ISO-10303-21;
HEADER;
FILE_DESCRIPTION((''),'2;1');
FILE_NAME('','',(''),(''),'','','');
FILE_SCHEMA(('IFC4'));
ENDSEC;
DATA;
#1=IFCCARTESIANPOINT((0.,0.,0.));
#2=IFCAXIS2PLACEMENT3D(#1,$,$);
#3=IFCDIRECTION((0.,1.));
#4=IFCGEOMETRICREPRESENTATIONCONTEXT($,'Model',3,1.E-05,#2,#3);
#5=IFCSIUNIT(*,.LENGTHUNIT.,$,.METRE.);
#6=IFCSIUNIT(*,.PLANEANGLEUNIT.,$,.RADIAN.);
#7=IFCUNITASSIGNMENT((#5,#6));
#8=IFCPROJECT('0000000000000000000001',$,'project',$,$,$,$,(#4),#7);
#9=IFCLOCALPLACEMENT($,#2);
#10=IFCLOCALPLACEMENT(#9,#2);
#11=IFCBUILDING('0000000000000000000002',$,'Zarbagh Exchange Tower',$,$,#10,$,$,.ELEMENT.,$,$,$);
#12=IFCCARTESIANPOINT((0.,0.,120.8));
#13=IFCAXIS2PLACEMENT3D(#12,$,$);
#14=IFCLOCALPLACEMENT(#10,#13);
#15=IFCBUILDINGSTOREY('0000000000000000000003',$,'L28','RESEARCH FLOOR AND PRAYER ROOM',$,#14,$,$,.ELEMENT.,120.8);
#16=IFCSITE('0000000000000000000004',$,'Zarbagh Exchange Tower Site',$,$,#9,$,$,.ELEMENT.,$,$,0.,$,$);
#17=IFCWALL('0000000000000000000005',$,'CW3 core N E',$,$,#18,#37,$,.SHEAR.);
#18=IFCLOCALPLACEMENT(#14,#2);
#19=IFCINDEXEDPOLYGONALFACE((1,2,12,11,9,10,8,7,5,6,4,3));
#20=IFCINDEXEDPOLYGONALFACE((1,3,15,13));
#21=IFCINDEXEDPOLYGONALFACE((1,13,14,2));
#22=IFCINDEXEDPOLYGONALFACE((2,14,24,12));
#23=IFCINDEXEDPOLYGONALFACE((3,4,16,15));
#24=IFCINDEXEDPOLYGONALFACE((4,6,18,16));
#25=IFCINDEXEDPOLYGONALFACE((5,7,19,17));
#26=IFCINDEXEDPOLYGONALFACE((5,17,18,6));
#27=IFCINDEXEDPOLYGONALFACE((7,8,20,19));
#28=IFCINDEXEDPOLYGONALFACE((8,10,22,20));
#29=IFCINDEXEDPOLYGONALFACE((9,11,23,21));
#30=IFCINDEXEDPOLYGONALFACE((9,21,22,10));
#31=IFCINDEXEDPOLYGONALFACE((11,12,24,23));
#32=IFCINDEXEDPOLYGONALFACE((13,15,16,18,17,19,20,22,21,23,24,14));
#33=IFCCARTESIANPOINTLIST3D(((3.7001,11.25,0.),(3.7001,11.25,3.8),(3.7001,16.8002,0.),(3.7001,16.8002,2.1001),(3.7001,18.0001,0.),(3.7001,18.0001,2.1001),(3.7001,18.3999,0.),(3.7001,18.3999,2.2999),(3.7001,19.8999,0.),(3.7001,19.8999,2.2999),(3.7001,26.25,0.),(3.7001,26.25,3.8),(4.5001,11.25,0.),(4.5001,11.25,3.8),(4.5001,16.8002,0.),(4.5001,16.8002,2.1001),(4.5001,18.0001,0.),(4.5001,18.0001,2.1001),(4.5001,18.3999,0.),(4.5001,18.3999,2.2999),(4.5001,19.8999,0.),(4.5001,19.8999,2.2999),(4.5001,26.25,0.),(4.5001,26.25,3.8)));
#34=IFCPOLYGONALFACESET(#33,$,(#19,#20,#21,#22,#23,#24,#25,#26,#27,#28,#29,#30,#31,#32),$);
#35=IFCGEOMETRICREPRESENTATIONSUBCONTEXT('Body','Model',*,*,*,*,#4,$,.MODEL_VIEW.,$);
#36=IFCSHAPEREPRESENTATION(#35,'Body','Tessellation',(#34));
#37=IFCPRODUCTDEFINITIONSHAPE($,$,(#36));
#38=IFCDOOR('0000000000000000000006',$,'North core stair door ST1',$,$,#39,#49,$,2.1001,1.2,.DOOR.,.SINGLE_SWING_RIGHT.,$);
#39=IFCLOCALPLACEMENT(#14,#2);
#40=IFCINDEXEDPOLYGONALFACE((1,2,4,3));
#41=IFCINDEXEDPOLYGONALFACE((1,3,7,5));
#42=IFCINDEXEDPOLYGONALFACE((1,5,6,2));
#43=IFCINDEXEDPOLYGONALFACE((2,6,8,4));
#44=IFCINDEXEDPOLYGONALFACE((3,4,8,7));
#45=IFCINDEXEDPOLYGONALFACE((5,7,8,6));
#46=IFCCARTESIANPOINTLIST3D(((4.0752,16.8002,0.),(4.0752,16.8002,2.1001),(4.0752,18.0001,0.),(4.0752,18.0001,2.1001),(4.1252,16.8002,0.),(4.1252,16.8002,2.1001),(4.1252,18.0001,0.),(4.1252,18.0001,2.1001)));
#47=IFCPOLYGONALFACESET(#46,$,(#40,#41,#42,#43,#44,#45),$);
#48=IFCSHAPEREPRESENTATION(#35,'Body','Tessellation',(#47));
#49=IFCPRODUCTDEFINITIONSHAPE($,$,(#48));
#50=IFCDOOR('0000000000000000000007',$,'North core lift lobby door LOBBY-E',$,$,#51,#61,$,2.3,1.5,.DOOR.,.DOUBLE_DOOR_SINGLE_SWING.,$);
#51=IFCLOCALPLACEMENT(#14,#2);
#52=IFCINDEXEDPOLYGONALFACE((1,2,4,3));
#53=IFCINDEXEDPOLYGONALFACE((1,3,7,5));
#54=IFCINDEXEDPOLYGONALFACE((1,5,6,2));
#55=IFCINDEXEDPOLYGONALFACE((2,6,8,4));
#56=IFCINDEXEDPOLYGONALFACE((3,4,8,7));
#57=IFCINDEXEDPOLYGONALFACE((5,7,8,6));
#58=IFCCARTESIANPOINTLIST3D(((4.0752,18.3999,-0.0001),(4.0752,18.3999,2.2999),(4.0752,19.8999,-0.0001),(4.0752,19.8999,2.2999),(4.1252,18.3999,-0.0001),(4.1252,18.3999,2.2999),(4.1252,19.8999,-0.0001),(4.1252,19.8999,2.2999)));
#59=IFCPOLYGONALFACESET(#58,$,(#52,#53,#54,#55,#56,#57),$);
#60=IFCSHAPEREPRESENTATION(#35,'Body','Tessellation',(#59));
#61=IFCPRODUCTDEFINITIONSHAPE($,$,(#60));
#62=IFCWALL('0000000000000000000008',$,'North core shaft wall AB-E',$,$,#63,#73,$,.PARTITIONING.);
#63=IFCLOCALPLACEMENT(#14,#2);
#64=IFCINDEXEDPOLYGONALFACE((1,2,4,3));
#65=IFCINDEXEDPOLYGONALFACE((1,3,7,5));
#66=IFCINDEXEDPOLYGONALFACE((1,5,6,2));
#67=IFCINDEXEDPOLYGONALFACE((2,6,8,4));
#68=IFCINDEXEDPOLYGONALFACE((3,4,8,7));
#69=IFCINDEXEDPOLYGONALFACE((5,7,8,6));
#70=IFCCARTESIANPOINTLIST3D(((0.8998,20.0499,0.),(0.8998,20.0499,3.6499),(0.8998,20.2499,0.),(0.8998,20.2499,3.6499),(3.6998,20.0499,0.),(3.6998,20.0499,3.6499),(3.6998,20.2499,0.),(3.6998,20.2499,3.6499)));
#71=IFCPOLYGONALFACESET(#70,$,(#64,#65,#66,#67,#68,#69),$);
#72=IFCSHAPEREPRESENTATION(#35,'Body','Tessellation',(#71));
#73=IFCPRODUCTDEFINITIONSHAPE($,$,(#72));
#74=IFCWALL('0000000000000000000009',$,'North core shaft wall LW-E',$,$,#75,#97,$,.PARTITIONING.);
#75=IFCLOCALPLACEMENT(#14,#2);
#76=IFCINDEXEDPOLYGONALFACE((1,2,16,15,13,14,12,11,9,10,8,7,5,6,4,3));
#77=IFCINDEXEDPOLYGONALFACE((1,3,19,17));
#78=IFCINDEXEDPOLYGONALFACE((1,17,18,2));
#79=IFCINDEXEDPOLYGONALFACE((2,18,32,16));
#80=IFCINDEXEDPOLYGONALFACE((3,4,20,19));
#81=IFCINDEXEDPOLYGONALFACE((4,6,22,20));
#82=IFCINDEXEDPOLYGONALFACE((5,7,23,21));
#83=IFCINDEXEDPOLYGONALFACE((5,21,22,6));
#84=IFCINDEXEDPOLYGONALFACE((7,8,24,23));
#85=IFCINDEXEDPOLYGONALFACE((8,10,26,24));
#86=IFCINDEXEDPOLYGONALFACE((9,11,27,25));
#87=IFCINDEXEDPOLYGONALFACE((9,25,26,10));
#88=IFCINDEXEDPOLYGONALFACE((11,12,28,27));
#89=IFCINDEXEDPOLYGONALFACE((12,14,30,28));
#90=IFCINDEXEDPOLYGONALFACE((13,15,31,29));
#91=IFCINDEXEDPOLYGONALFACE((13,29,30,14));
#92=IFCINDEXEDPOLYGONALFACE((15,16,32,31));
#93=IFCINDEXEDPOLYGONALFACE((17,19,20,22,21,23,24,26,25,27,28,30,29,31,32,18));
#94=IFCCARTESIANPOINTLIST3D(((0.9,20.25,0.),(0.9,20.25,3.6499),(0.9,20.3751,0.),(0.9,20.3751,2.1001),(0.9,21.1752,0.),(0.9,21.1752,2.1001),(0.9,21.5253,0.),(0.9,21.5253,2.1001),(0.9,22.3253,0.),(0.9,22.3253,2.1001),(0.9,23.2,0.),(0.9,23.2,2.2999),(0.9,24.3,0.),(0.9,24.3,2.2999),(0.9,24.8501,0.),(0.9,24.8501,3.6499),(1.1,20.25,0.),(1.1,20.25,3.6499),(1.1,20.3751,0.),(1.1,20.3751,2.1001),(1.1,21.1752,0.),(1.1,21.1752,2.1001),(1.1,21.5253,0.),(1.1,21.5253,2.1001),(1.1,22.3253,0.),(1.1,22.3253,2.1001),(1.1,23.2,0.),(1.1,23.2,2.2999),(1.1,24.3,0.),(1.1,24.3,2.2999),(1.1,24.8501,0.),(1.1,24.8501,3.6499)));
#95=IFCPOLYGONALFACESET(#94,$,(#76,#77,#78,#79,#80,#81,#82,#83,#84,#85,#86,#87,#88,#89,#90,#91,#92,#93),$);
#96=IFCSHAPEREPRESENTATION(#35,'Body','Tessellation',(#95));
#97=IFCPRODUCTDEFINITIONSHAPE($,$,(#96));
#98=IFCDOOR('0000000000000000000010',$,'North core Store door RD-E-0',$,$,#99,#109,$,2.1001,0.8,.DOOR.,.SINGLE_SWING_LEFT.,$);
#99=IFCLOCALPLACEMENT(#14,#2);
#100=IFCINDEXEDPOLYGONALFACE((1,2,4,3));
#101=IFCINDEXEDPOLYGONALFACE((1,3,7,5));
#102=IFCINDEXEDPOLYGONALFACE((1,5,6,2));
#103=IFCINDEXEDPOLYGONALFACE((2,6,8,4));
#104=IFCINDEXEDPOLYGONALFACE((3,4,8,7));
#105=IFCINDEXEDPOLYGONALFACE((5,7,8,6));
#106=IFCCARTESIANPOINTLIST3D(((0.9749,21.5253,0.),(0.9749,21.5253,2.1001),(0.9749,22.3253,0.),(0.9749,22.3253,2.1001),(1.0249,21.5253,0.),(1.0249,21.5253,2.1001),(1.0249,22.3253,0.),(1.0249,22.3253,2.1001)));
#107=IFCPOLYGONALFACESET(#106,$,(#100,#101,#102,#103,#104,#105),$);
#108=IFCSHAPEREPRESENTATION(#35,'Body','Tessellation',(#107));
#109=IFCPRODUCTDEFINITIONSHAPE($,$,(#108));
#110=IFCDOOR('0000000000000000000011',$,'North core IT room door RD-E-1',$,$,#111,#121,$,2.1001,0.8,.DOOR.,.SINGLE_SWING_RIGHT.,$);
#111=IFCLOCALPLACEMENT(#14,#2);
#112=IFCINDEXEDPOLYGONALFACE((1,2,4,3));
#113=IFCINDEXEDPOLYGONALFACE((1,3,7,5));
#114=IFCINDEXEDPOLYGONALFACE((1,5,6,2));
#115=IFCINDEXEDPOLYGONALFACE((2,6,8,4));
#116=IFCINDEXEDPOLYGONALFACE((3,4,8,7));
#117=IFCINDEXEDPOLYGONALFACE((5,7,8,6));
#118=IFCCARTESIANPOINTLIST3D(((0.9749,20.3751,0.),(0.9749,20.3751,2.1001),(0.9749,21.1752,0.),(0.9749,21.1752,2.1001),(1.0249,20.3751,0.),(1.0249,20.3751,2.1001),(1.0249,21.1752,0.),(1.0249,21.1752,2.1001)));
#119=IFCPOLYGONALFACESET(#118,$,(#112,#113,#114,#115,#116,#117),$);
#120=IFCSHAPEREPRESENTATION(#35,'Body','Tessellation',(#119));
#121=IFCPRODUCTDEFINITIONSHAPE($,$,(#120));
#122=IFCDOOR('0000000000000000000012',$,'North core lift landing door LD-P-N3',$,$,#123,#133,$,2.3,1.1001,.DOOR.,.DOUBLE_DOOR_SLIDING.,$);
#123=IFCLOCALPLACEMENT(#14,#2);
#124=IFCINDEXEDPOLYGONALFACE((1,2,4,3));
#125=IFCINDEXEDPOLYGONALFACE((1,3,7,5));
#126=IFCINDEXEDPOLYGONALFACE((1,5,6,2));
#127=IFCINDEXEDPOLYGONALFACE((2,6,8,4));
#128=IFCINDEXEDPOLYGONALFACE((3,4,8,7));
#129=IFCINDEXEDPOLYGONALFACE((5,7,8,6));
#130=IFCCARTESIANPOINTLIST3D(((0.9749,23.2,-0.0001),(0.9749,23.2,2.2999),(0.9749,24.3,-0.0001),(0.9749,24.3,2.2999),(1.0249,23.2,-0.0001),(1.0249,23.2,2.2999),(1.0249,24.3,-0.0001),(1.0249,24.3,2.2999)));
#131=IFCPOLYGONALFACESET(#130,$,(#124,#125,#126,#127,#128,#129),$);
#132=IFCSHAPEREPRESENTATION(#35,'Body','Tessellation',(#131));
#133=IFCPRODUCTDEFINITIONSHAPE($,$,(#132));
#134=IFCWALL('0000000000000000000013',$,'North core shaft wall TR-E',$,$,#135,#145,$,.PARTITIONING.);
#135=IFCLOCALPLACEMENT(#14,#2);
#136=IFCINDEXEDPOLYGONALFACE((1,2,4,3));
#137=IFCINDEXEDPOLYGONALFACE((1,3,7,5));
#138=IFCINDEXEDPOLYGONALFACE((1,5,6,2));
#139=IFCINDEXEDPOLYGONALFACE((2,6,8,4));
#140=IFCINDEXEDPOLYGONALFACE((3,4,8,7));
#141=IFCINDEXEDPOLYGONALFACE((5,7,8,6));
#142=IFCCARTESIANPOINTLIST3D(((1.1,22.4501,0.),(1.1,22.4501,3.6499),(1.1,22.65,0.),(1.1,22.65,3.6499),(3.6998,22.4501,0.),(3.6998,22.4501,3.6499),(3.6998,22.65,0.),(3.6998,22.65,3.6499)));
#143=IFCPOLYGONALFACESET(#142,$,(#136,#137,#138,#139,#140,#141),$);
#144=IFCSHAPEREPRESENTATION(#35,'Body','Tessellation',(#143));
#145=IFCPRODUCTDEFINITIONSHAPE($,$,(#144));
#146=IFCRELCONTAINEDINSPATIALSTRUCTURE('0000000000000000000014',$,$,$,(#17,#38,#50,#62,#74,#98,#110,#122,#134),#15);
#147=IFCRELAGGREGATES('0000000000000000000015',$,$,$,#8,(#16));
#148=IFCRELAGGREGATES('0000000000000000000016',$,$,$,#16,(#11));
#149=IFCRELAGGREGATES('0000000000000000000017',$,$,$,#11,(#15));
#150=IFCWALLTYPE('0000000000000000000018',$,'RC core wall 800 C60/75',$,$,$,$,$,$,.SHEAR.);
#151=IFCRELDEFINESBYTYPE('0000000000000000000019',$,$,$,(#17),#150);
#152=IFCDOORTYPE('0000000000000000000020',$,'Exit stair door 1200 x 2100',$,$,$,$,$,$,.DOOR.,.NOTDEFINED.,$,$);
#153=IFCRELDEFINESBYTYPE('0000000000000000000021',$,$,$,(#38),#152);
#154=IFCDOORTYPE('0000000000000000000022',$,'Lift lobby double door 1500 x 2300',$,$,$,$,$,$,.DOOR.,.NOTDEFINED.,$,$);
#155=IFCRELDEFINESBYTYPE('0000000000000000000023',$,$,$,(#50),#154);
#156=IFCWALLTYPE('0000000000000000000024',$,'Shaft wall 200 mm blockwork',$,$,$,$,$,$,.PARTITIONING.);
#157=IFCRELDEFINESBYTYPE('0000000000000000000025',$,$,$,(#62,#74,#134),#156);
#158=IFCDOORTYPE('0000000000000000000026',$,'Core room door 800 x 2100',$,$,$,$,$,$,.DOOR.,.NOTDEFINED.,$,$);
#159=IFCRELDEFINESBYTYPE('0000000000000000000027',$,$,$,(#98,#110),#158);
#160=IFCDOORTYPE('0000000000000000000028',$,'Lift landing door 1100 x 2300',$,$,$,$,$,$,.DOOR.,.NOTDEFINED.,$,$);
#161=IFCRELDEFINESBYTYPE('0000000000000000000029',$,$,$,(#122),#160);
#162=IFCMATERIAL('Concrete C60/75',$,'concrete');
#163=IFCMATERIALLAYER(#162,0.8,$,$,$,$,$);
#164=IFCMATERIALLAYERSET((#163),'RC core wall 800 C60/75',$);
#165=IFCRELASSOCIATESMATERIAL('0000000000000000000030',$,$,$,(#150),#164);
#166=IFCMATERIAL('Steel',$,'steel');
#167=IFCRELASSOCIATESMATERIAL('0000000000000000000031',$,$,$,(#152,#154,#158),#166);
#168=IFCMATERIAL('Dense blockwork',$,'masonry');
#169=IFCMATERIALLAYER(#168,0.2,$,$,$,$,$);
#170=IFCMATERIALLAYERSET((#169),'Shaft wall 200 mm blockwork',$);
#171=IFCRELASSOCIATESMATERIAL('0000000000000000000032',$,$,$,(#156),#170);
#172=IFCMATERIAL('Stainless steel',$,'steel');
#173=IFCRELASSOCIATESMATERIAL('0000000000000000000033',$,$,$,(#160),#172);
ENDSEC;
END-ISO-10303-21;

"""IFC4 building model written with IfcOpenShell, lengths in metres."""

from ifc_helpers import new_model, si_unit, direction, frame, frame_2d, origin, place, context, subcontext, project, spatial, rectangle, extrude, material, layer, layer_set, type_object, element, fill, save


model = new_model("IFC4")

# Units and contexts
model_context = context("Model", 3, precision=1e-05, world=origin(), true_north=direction((0.0, 1.0)))
body_context = subcontext(model_context, "Body", "Model", "MODEL_VIEW")
ifc_project = project(units=[si_unit("LENGTHUNIT", "METRE"), si_unit("PLANEANGLEUNIT", "RADIAN")], contexts=[model_context])

# Site, building, storey
site_placement = place(None, origin())
site = spatial("IfcSite", under=ifc_project, at=site_placement, Name="Zarbagh Exchange Tower Site", CompositionType="ELEMENT", RefElevation=0.0)
building_placement = place(site_placement, origin())
building = spatial("IfcBuilding", under=site, at=building_placement, Name="Zarbagh Exchange Tower", CompositionType="ELEMENT")
storey_placement = place(building_placement, frame((0.0, 0.0, 120.8)))
storey = spatial("IfcBuildingStorey", under=building, at=storey_placement, Name="L28", Description="RESEARCH FLOOR AND PRAYER ROOM", CompositionType="ELEMENT", Elevation=120.8)

# Shared definitions
ifc_material_1 = material(Name="Concrete C60/75", Category="concrete")

# Shared definitions
ifc_material_2 = material(Name="Dense blockwork", Category="masonry")

# Wall, openings, doors
ifc_layer_1 = layer(ifc_material_1, 0.8)
ifc_layer_set_1 = layer_set([ifc_layer_1], Name="RC core wall 800 C60/75")
wall_type_1 = type_object("IfcWallType", Name="RC core wall 800 C60/75", PredefinedType="SHEAR", material=ifc_layer_set_1)
wall_1_placement = place(storey_placement, frame((4.1001, 11.25, 0.0), z_axis=(0.0, 0.0, 1.0), x_axis=(0.0, 1.0, 0.0)))
wall_1 = element("IfcWall", 1, at=wall_1_placement, inside=storey, type_object=wall_type_1, Name="CW3 core N E", PredefinedType="SHEAR", context=body_context, shape_type="SweptSolid", body=[
    extrude(rectangle(XDim=15.0, YDim=0.8, at=frame_2d((7.5, 0.0))), origin(), (0.0, 0.0, 1.0), 3.8),
])
opening_1_placement = place(wall_1_placement, frame((7.1499, 0.0, 0.0)))
opening_1 = element("IfcOpeningElement", 2, at=opening_1_placement, cuts=wall_1, PredefinedType="OPENING", context=body_context, shape_type="SweptSolid", body=[
    extrude(rectangle(XDim=1.5, YDim=2.3, at=frame_2d((0.75, 1.1499))), frame((0.0, 0.4099, 0.0), z_axis=(0.0, -1.0, 0.0), x_axis=(1.0, 0.0, 0.0)), (0.0, 0.0, 1.0), 0.8201),
])
opening_2_placement = place(wall_1_placement, frame((5.55, 0.0, 0.0)))
opening_2 = element("IfcOpeningElement", 3, at=opening_2_placement, cuts=wall_1, PredefinedType="OPENING", context=body_context, shape_type="SweptSolid", body=[
    extrude(rectangle(XDim=1.2, YDim=2.1001, at=frame_2d((0.6001, 1.05))), frame((0.0, 0.4099, 0.0), z_axis=(0.0, -1.0, 0.0), x_axis=(1.0, 0.0, 0.0)), (0.0, 0.0, 1.0), 0.8201),
])
ifc_material_3 = material(Name="Steel", Category="steel")
door_type_1 = type_object("IfcDoorType", Name="Exit stair door 1200 x 2100", OperationType="NOTDEFINED", PredefinedType="DOOR", material=ifc_material_3)
door_1_placement = place(opening_2_placement, origin())
door_1 = element("IfcDoor", 4, at=door_1_placement, inside=storey, type_object=door_type_1, Name="North core stair door ST1", OperationType="SINGLE_SWING_RIGHT", OverallHeight=2.1001, OverallWidth=1.2, PredefinedType="DOOR", context=body_context, shape_type="SweptSolid", body=[
    extrude(rectangle(XDim=1.2, YDim=2.1001, at=frame_2d((0.6001, 1.05))), frame((0.0, 0.0249, 0.0), z_axis=(0.0, -1.0, 0.0), x_axis=(1.0, 0.0, 0.0)), (0.0, 0.0, 1.0), 0.05),
])
fill(opening_2, door_1)
door_type_2 = type_object("IfcDoorType", Name="Lift lobby double door 1500 x 2300", OperationType="NOTDEFINED", PredefinedType="DOOR", material=ifc_material_3)
door_2_placement = place(opening_1_placement, origin())
door_2 = element("IfcDoor", 5, at=door_2_placement, inside=storey, type_object=door_type_2, Name="North core lift lobby door LOBBY-E", OperationType="DOUBLE_DOOR_SINGLE_SWING", OverallHeight=2.3, OverallWidth=1.5, PredefinedType="DOOR", context=body_context, shape_type="SweptSolid", body=[
    extrude(rectangle(XDim=1.5, YDim=2.3, at=frame_2d((0.75, 1.1499))), frame((0.0, 0.0249, 0.0), z_axis=(0.0, -1.0, 0.0), x_axis=(1.0, 0.0, 0.0)), (0.0, 0.0, 1.0), 0.05),
])
fill(opening_1, door_2)

# Wall
ifc_layer_2 = layer(ifc_material_2, 0.2)
ifc_layer_set_2 = layer_set([ifc_layer_2], Name="Shaft wall 200 mm blockwork")
wall_type_2 = type_object("IfcWallType", Name="Shaft wall 200 mm blockwork", PredefinedType="PARTITIONING", material=ifc_layer_set_2)
wall_2_placement = place(storey_placement, frame((0.8999, 20.1499, 0.0), z_axis=(0.0, 0.0, 1.0), x_axis=(1.0, 0.0, 0.0)))
element("IfcWall", 6, at=wall_2_placement, inside=storey, type_object=wall_type_2, Name="North core shaft wall AB-E", PredefinedType="PARTITIONING", context=body_context, shape_type="SweptSolid", body=[
    extrude(rectangle(XDim=2.8, YDim=0.2, at=frame_2d((1.3999, 0.0))), origin(), (0.0, 0.0, 1.0), 3.6499),
])

# Wall, openings, doors
wall_3_placement = place(storey_placement, frame((1.0, 24.8501, 0.0), z_axis=(0.0, 0.0, 1.0), x_axis=(0.0, -1.0, 0.0)))
wall_3 = element("IfcWall", 7, at=wall_3_placement, inside=storey, type_object=wall_type_2, Name="North core shaft wall LW-E", PredefinedType="PARTITIONING", context=body_context, shape_type="SweptSolid", body=[
    extrude(rectangle(XDim=4.6001, YDim=0.2, at=frame_2d((2.3, 0.0))), origin(), (0.0, 0.0, 1.0), 3.6499),
])
opening_3_placement = place(wall_3_placement, frame((0.55, 0.0, 0.0)))
opening_3 = element("IfcOpeningElement", 8, at=opening_3_placement, cuts=wall_3, PredefinedType="OPENING", context=body_context, shape_type="SweptSolid", body=[
    extrude(rectangle(XDim=1.1001, YDim=2.3, at=frame_2d((0.55, 1.1499))), frame((0.0, 0.1099, 0.0), z_axis=(0.0, -1.0, 0.0), x_axis=(1.0, 0.0, 0.0)), (0.0, 0.0, 1.0), 0.22),
])
opening_4_placement = place(wall_3_placement, frame((2.5249, 0.0, 0.0)))
opening_4 = element("IfcOpeningElement", 9, at=opening_4_placement, cuts=wall_3, PredefinedType="OPENING", context=body_context, shape_type="SweptSolid", body=[
    extrude(rectangle(XDim=0.8, YDim=2.1001, at=frame_2d((0.3999, 1.05))), frame((0.0, 0.1099, 0.0), z_axis=(0.0, -1.0, 0.0), x_axis=(1.0, 0.0, 0.0)), (0.0, 0.0, 1.0), 0.22),
])
opening_5_placement = place(wall_3_placement, frame((3.675, 0.0, 0.0)))
opening_5 = element("IfcOpeningElement", 10, at=opening_5_placement, cuts=wall_3, PredefinedType="OPENING", context=body_context, shape_type="SweptSolid", body=[
    extrude(rectangle(XDim=0.8, YDim=2.1001, at=frame_2d((0.3999, 1.05))), frame((0.0, 0.1099, 0.0), z_axis=(0.0, -1.0, 0.0), x_axis=(1.0, 0.0, 0.0)), (0.0, 0.0, 1.0), 0.22),
])
door_type_3 = type_object("IfcDoorType", Name="Core room door 800 x 2100", OperationType="NOTDEFINED", PredefinedType="DOOR", material=ifc_material_3)
door_3_placement = place(opening_4_placement, origin())
door_3 = element("IfcDoor", 11, at=door_3_placement, inside=storey, type_object=door_type_3, Name="North core Store door RD-E-0", OperationType="SINGLE_SWING_LEFT", OverallHeight=2.1001, OverallWidth=0.8, PredefinedType="DOOR", context=body_context, shape_type="SweptSolid", body=[
    extrude(rectangle(XDim=0.8, YDim=2.1001, at=frame_2d((0.3999, 1.05))), frame((0.0, 0.0249, 0.0), z_axis=(0.0, -1.0, 0.0), x_axis=(1.0, 0.0, 0.0)), (0.0, 0.0, 1.0), 0.05),
])
fill(opening_4, door_3)
door_4_placement = place(opening_5_placement, origin())
door_4 = element("IfcDoor", 12, at=door_4_placement, inside=storey, type_object=door_type_3, Name="North core IT room door RD-E-1", OperationType="SINGLE_SWING_RIGHT", OverallHeight=2.1001, OverallWidth=0.8, PredefinedType="DOOR", context=body_context, shape_type="SweptSolid", body=[
    extrude(rectangle(XDim=0.8, YDim=2.1001, at=frame_2d((0.3999, 1.05))), frame((0.0, 0.0249, 0.0), z_axis=(0.0, -1.0, 0.0), x_axis=(1.0, 0.0, 0.0)), (0.0, 0.0, 1.0), 0.05),
])
fill(opening_5, door_4)
ifc_material_4 = material(Name="Stainless steel", Category="steel")
door_type_4 = type_object("IfcDoorType", Name="Lift landing door 1100 x 2300", OperationType="NOTDEFINED", PredefinedType="DOOR", material=ifc_material_4)
door_5_placement = place(opening_3_placement, origin())
door_5 = element("IfcDoor", 13, at=door_5_placement, inside=storey, type_object=door_type_4, Name="North core lift landing door LD-P-N3", OperationType="DOUBLE_DOOR_SLIDING", OverallHeight=2.3, OverallWidth=1.1001, PredefinedType="DOOR", context=body_context, shape_type="SweptSolid", body=[
    extrude(rectangle(XDim=1.1001, YDim=2.3, at=frame_2d((0.55, 1.1499))), frame((0.0, 0.0249, 0.0), z_axis=(0.0, -1.0, 0.0), x_axis=(1.0, 0.0, 0.0)), (0.0, 0.0, 1.0), 0.05),
])
fill(opening_3, door_5)

# Wall
wall_4_placement = place(storey_placement, frame((1.1001, 22.55, 0.0), z_axis=(0.0, 0.0, 1.0), x_axis=(1.0, 0.0, 0.0)))
element("IfcWall", 14, at=wall_4_placement, inside=storey, type_object=wall_type_2, Name="North core shaft wall TR-E", PredefinedType="PARTITIONING", context=body_context, shape_type="SweptSolid", body=[
    extrude(rectangle(XDim=2.5999, YDim=0.2, at=frame_2d((1.2998, 0.0))), origin(), (0.0, 0.0, 1.0), 3.6499),
])

save(model, "model.ifc")
